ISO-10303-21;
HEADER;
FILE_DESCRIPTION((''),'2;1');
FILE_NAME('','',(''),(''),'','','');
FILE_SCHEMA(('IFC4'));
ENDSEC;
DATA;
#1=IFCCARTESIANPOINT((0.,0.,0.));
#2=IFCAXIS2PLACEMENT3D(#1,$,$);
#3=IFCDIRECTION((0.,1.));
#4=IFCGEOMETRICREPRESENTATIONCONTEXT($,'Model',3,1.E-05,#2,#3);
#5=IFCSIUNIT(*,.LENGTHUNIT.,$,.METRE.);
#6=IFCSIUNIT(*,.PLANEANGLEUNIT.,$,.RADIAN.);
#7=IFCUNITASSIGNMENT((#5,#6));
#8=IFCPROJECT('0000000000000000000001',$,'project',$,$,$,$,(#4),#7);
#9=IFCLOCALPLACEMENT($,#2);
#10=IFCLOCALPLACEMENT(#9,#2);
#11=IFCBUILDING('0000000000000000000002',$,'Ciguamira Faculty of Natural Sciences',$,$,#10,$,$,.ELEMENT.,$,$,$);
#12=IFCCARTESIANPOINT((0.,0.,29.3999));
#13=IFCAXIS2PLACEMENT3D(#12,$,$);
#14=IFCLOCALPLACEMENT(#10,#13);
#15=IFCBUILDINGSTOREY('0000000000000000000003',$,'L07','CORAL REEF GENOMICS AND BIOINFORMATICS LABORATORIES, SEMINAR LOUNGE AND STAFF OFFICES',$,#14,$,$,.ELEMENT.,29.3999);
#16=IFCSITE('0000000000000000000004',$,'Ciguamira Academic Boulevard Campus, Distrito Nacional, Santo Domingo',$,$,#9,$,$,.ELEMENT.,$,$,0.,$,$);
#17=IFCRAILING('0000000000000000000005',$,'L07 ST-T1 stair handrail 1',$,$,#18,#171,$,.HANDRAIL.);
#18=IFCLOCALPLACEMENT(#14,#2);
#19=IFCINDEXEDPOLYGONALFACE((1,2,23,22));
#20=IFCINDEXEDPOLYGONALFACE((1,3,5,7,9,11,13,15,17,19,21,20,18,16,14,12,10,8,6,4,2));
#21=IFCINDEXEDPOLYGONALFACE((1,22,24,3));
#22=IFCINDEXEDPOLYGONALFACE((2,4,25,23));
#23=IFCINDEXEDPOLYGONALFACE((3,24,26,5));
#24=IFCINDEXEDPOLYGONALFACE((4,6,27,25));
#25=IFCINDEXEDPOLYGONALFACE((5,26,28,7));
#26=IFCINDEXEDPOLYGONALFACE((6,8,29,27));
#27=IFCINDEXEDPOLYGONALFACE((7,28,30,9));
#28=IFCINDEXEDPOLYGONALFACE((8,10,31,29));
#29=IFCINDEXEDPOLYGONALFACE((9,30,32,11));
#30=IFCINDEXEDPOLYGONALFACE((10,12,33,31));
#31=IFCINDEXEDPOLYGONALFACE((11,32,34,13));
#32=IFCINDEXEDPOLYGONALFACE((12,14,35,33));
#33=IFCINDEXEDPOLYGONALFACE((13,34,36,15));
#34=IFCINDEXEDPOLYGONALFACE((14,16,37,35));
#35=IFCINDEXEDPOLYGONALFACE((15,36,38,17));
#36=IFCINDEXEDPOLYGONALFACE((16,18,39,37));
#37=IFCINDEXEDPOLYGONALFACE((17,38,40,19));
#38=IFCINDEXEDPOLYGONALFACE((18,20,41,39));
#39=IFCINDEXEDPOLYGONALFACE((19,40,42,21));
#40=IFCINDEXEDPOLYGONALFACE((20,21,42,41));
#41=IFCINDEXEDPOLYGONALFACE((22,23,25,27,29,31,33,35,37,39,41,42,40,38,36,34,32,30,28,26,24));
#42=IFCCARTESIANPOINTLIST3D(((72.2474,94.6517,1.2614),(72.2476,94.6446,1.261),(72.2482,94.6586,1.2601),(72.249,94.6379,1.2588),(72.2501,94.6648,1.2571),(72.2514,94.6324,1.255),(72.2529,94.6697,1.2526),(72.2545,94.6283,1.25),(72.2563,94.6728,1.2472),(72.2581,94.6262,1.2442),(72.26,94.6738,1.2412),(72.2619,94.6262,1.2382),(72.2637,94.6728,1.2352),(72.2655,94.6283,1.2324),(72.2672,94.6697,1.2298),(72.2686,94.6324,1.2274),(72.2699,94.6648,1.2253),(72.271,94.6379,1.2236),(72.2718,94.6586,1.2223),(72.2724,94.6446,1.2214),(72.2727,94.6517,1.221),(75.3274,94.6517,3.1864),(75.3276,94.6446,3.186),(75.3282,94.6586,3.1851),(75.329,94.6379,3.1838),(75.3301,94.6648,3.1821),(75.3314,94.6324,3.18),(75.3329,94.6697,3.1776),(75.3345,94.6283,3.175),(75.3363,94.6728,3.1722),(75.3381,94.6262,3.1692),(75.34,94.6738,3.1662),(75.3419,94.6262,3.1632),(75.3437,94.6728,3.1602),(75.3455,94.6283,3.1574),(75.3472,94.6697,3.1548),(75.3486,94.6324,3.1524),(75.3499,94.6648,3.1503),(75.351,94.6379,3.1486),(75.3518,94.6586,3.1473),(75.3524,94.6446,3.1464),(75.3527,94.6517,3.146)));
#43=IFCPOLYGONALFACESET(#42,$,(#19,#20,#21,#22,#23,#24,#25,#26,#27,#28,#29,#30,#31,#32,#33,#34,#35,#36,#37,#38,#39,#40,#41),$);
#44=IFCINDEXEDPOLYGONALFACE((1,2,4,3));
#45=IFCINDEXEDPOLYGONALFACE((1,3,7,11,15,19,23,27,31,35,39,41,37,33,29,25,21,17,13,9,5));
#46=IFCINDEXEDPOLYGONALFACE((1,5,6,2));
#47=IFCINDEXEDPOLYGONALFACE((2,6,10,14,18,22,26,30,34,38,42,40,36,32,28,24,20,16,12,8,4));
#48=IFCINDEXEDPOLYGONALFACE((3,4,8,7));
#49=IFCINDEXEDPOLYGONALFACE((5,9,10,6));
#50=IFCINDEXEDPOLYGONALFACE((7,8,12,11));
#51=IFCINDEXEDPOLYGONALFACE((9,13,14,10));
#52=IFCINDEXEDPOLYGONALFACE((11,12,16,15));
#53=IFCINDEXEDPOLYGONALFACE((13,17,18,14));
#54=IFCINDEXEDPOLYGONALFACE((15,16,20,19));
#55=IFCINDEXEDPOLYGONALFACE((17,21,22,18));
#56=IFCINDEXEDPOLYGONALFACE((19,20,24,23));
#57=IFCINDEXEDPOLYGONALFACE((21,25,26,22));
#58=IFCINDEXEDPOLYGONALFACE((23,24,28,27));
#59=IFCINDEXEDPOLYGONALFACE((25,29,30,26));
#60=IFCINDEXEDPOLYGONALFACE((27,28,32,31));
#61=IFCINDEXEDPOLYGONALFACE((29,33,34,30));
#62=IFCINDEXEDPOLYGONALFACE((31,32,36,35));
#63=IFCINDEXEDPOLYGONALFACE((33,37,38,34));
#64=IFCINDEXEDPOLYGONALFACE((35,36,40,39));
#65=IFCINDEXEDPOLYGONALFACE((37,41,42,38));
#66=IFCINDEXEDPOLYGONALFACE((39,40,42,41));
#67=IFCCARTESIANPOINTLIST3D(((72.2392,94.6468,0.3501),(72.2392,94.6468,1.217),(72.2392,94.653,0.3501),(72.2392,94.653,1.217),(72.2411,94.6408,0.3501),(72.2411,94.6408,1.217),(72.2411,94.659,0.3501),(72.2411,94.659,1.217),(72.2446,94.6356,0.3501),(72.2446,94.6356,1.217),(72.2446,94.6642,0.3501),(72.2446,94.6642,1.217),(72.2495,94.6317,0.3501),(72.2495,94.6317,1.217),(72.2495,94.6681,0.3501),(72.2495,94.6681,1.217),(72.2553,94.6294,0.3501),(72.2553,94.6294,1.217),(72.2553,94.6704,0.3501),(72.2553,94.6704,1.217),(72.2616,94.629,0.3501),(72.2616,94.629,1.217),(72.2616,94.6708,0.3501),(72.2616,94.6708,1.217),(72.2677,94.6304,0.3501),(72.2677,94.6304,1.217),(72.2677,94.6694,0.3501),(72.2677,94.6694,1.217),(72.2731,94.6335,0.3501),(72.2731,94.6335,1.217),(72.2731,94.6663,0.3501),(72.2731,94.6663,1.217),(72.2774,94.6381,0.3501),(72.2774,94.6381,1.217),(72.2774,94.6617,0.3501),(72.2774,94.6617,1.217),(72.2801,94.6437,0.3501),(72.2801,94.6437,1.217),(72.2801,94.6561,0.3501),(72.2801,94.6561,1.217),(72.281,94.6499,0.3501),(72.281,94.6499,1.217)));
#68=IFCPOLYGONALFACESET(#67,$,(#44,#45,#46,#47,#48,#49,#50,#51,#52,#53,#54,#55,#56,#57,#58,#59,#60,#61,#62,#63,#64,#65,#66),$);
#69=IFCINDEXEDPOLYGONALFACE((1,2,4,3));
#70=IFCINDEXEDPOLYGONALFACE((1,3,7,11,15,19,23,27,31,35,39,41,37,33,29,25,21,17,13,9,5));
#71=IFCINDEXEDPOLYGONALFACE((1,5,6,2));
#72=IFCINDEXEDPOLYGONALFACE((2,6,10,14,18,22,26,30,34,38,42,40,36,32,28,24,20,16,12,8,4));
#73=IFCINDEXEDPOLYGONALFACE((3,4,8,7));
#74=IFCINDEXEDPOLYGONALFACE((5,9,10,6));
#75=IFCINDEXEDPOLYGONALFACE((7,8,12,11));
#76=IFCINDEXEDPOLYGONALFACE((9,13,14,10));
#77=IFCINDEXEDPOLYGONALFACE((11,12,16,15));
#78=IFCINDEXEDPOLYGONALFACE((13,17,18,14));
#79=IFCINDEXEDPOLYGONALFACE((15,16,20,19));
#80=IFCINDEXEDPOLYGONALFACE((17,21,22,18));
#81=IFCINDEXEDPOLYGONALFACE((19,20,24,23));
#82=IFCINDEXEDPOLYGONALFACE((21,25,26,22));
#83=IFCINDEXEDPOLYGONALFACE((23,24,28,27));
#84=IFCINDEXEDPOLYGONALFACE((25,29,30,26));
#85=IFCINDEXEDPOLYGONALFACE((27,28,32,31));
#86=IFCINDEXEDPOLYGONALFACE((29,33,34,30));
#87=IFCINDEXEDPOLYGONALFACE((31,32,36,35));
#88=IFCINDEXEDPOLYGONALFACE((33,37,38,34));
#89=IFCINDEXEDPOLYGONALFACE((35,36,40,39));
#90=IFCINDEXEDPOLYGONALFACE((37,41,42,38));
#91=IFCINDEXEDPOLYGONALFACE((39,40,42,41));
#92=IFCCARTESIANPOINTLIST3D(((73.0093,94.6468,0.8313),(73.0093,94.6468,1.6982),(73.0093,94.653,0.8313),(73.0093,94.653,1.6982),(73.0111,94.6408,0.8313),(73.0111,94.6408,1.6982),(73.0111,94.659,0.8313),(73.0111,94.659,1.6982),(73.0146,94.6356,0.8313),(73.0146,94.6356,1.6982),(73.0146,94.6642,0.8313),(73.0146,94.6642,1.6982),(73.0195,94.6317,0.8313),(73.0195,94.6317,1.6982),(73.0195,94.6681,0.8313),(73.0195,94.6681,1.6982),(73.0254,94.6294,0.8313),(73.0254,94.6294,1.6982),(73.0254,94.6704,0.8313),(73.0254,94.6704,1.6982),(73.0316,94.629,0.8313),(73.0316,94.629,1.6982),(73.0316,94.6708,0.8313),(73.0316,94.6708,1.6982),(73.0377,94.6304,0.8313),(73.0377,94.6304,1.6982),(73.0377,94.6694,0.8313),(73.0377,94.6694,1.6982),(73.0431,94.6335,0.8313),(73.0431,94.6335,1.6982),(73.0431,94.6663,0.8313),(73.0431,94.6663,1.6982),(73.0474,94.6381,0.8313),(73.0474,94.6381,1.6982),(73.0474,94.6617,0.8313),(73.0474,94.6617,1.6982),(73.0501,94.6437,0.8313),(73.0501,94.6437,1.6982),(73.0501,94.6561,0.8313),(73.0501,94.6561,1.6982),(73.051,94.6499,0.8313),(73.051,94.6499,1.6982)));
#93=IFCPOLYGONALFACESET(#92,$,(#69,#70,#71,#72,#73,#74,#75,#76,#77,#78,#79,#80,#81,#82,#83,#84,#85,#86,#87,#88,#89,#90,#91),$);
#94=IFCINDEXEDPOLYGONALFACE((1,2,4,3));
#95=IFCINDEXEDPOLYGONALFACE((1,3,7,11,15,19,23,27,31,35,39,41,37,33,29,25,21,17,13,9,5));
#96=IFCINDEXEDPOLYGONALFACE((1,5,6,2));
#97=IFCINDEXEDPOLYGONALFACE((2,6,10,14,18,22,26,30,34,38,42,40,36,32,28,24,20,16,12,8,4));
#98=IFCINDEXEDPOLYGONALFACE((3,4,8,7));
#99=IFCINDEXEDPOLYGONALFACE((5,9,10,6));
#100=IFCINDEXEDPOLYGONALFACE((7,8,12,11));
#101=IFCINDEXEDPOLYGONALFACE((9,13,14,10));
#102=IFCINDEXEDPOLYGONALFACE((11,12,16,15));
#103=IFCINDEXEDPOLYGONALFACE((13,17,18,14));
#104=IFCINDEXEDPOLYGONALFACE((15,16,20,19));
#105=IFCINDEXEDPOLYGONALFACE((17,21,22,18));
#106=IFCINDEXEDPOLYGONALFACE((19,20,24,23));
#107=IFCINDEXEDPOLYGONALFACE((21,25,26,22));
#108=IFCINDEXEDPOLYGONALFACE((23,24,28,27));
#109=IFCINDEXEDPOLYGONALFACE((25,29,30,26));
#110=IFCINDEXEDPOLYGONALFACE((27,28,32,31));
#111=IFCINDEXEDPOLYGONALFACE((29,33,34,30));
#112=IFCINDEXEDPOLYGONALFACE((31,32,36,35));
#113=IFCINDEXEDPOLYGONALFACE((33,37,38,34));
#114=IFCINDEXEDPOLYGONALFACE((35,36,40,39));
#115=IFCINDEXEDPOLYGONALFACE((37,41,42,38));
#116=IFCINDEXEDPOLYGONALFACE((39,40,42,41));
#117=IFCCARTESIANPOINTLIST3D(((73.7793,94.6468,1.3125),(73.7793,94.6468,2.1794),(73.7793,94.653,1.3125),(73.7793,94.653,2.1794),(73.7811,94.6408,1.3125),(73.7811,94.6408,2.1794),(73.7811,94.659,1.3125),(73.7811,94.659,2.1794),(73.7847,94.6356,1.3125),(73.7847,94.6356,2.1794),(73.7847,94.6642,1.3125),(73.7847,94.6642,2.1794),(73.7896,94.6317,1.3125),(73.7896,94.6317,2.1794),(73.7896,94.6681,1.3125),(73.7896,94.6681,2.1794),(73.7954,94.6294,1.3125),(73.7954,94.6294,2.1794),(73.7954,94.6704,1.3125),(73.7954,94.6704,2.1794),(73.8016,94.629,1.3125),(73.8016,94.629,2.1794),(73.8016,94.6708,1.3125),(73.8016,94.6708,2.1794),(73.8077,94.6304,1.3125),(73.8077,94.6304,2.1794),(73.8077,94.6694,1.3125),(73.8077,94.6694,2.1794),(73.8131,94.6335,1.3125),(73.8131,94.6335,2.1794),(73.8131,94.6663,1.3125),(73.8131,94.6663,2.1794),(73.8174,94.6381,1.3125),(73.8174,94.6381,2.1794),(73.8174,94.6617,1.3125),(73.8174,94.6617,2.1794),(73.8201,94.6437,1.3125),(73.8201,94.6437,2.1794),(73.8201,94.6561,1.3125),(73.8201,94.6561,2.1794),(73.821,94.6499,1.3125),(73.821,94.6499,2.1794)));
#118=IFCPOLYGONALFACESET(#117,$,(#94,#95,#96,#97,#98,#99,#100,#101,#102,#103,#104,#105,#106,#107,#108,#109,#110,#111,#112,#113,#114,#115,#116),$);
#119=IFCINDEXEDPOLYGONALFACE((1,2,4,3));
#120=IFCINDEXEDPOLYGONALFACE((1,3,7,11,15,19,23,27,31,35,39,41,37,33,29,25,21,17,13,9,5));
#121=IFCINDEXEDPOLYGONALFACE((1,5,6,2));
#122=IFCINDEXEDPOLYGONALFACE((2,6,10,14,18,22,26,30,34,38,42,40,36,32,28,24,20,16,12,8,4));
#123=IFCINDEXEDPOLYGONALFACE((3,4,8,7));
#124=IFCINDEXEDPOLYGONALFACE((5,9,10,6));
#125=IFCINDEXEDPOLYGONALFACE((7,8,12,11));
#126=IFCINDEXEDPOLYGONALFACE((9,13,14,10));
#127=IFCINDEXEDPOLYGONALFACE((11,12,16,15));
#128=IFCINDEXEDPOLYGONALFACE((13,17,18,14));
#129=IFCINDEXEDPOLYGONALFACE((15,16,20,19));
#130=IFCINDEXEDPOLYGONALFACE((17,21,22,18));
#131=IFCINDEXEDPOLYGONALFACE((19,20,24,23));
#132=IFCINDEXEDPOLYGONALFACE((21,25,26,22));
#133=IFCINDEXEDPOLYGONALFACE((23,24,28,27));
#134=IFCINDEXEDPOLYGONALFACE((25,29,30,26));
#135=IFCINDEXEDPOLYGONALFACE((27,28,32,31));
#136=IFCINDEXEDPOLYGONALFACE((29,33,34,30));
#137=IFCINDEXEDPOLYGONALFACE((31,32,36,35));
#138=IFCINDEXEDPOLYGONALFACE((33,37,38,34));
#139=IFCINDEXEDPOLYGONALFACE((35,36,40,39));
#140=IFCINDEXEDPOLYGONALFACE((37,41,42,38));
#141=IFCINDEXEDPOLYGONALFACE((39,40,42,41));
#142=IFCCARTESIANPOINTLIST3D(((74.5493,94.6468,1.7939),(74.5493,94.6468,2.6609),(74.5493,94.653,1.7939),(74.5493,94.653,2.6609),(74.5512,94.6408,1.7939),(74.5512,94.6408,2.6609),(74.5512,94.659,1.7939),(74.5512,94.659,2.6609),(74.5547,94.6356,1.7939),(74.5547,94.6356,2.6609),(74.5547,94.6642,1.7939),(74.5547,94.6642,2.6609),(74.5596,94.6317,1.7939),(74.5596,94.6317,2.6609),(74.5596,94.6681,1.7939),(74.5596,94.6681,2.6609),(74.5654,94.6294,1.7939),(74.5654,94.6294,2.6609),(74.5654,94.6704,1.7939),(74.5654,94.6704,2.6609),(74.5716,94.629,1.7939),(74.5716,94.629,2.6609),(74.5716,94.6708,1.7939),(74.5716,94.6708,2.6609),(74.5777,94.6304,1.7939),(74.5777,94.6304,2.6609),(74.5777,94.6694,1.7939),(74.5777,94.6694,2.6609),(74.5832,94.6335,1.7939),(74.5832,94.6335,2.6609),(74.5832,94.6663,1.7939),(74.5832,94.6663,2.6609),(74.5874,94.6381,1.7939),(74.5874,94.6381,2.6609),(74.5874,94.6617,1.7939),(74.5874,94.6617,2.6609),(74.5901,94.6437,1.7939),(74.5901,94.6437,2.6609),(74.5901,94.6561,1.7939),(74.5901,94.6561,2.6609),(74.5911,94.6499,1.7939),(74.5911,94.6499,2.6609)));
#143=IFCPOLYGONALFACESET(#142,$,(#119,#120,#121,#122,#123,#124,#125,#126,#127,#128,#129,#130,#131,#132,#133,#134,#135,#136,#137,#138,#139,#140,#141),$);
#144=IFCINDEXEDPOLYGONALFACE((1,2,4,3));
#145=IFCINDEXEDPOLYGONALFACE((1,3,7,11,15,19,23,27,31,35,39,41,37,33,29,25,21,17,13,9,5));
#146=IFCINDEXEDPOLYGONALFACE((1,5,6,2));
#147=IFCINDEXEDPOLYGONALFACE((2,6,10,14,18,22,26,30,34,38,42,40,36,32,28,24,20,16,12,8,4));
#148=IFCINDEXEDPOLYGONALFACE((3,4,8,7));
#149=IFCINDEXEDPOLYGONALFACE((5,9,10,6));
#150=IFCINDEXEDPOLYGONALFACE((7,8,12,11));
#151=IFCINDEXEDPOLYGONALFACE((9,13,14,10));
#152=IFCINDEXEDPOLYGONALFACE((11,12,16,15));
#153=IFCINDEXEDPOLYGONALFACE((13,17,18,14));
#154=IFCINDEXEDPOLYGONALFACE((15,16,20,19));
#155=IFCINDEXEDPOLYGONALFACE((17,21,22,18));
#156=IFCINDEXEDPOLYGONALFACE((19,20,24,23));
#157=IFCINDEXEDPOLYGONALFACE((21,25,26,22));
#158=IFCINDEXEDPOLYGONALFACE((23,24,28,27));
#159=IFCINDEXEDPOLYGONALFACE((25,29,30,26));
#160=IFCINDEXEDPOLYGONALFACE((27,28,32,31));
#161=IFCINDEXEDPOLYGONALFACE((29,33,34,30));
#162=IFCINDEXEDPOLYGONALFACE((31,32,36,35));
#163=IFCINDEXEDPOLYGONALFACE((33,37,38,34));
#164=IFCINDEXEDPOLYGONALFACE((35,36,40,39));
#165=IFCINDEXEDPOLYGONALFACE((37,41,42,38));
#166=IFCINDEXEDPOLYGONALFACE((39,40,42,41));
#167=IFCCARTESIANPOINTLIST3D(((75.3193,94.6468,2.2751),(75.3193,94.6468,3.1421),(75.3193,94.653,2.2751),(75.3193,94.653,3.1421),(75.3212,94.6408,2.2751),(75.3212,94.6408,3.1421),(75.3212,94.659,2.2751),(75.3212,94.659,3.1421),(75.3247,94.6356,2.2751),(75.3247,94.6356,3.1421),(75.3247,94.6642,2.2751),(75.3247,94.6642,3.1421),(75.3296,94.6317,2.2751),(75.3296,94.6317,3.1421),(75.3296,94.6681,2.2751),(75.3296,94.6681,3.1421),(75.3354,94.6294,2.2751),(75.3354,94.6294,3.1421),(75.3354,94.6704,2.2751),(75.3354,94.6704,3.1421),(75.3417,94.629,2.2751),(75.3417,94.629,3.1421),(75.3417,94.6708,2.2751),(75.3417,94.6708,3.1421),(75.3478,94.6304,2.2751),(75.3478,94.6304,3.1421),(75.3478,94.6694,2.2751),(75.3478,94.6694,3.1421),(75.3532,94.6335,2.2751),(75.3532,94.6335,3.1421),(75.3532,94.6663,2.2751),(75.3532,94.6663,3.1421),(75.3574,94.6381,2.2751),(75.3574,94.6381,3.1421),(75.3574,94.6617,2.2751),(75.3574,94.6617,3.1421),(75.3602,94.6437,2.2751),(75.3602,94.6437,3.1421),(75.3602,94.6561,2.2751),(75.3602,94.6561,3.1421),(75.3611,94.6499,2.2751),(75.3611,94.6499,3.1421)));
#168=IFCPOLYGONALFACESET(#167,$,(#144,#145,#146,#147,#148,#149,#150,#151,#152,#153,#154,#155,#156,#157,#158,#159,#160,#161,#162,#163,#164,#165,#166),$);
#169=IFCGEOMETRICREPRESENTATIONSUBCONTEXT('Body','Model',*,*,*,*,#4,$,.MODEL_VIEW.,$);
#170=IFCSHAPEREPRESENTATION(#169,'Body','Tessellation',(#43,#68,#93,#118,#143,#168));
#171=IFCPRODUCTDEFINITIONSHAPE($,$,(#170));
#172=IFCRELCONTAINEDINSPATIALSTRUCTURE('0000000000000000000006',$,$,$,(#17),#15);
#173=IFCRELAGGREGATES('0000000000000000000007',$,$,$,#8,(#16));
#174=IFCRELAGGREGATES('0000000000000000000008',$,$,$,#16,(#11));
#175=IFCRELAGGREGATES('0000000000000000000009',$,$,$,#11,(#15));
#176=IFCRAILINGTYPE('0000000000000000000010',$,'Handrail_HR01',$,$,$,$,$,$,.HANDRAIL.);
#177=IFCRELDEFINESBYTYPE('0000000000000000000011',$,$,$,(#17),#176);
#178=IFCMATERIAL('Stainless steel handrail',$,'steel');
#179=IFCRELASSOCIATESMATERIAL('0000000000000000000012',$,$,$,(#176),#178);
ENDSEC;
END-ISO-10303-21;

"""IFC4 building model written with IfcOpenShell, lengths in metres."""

from ifc_helpers import new_model, si_unit, direction, frame, origin, origin_2d, place, context, subcontext, project, spatial, circle, extrude, material, type_object, element, save


model = new_model("IFC4")

# Units and contexts
model_context = context("Model", 3, precision=1e-05, world=origin(), true_north=direction((0.0, 1.0)))
body_context = subcontext(model_context, "Body", "Model", "MODEL_VIEW")
ifc_project = project(units=[si_unit("LENGTHUNIT", "METRE"), si_unit("PLANEANGLEUNIT", "RADIAN")], contexts=[model_context])

# Site, building, storey
site_placement = place(None, origin())
site = spatial("IfcSite", under=ifc_project, at=site_placement, Name="Ciguamira Academic Boulevard Campus, Distrito Nacional, Santo Domingo", CompositionType="ELEMENT", RefElevation=0.0)
building_placement = place(site_placement, origin())
building = spatial("IfcBuilding", under=site, at=building_placement, Name="Ciguamira Faculty of Natural Sciences", CompositionType="ELEMENT")
storey_placement = place(building_placement, frame((0.0, 0.0, 29.3999)))
storey = spatial("IfcBuildingStorey", under=building, at=storey_placement, Name="L07", Description="CORAL REEF GENOMICS AND BIOINFORMATICS LABORATORIES, SEMINAR LOUNGE AND STAFF OFFICES", CompositionType="ELEMENT", Elevation=29.3999)

# Railing
ifc_material_1 = material(Name="Stainless steel handrail", Category="steel")
railing_type_1 = type_object("IfcRailingType", Name="Handrail_HR01", PredefinedType="HANDRAIL", material=ifc_material_1)
railing_1_placement = place(storey_placement, frame((72.26, 94.6499, 0.3501)))
element("IfcRailing", 1, at=railing_1_placement, inside=storey, type_object=railing_type_1, Name="L07 ST-T1 stair handrail 1", PredefinedType="HANDRAIL", context=body_context, shape_type="SweptSolid", body=[
    extrude(circle(Radius=0.0239, at=origin_2d()), frame((0.0, 0.0, 0.8911), z_axis=(0.847998, 0.0, 0.529999), x_axis=(0.0, 1.0, 0.0)), (0.0, 0.0, 1.0), 3.6321),
    extrude(circle(Radius=0.021, at=origin_2d()), origin(), (0.0, 0.0, 1.0), 0.8669),
    extrude(circle(Radius=0.021, at=origin_2d()), frame((0.77, 0.0, 0.4812)), (0.0, 0.0, 1.0), 0.8669),
    extrude(circle(Radius=0.021, at=origin_2d()), frame((1.54, 0.0, 0.9624)), (0.0, 0.0, 1.0), 0.8669),
    extrude(circle(Radius=0.021, at=origin_2d()), frame((2.3101, 0.0, 1.4438)), (0.0, 0.0, 1.0), 0.8669),
    extrude(circle(Radius=0.021, at=origin_2d()), frame((3.0801, 0.0, 1.925)), (0.0, 0.0, 1.0), 0.8669),
])

save(model, "model.ifc")
